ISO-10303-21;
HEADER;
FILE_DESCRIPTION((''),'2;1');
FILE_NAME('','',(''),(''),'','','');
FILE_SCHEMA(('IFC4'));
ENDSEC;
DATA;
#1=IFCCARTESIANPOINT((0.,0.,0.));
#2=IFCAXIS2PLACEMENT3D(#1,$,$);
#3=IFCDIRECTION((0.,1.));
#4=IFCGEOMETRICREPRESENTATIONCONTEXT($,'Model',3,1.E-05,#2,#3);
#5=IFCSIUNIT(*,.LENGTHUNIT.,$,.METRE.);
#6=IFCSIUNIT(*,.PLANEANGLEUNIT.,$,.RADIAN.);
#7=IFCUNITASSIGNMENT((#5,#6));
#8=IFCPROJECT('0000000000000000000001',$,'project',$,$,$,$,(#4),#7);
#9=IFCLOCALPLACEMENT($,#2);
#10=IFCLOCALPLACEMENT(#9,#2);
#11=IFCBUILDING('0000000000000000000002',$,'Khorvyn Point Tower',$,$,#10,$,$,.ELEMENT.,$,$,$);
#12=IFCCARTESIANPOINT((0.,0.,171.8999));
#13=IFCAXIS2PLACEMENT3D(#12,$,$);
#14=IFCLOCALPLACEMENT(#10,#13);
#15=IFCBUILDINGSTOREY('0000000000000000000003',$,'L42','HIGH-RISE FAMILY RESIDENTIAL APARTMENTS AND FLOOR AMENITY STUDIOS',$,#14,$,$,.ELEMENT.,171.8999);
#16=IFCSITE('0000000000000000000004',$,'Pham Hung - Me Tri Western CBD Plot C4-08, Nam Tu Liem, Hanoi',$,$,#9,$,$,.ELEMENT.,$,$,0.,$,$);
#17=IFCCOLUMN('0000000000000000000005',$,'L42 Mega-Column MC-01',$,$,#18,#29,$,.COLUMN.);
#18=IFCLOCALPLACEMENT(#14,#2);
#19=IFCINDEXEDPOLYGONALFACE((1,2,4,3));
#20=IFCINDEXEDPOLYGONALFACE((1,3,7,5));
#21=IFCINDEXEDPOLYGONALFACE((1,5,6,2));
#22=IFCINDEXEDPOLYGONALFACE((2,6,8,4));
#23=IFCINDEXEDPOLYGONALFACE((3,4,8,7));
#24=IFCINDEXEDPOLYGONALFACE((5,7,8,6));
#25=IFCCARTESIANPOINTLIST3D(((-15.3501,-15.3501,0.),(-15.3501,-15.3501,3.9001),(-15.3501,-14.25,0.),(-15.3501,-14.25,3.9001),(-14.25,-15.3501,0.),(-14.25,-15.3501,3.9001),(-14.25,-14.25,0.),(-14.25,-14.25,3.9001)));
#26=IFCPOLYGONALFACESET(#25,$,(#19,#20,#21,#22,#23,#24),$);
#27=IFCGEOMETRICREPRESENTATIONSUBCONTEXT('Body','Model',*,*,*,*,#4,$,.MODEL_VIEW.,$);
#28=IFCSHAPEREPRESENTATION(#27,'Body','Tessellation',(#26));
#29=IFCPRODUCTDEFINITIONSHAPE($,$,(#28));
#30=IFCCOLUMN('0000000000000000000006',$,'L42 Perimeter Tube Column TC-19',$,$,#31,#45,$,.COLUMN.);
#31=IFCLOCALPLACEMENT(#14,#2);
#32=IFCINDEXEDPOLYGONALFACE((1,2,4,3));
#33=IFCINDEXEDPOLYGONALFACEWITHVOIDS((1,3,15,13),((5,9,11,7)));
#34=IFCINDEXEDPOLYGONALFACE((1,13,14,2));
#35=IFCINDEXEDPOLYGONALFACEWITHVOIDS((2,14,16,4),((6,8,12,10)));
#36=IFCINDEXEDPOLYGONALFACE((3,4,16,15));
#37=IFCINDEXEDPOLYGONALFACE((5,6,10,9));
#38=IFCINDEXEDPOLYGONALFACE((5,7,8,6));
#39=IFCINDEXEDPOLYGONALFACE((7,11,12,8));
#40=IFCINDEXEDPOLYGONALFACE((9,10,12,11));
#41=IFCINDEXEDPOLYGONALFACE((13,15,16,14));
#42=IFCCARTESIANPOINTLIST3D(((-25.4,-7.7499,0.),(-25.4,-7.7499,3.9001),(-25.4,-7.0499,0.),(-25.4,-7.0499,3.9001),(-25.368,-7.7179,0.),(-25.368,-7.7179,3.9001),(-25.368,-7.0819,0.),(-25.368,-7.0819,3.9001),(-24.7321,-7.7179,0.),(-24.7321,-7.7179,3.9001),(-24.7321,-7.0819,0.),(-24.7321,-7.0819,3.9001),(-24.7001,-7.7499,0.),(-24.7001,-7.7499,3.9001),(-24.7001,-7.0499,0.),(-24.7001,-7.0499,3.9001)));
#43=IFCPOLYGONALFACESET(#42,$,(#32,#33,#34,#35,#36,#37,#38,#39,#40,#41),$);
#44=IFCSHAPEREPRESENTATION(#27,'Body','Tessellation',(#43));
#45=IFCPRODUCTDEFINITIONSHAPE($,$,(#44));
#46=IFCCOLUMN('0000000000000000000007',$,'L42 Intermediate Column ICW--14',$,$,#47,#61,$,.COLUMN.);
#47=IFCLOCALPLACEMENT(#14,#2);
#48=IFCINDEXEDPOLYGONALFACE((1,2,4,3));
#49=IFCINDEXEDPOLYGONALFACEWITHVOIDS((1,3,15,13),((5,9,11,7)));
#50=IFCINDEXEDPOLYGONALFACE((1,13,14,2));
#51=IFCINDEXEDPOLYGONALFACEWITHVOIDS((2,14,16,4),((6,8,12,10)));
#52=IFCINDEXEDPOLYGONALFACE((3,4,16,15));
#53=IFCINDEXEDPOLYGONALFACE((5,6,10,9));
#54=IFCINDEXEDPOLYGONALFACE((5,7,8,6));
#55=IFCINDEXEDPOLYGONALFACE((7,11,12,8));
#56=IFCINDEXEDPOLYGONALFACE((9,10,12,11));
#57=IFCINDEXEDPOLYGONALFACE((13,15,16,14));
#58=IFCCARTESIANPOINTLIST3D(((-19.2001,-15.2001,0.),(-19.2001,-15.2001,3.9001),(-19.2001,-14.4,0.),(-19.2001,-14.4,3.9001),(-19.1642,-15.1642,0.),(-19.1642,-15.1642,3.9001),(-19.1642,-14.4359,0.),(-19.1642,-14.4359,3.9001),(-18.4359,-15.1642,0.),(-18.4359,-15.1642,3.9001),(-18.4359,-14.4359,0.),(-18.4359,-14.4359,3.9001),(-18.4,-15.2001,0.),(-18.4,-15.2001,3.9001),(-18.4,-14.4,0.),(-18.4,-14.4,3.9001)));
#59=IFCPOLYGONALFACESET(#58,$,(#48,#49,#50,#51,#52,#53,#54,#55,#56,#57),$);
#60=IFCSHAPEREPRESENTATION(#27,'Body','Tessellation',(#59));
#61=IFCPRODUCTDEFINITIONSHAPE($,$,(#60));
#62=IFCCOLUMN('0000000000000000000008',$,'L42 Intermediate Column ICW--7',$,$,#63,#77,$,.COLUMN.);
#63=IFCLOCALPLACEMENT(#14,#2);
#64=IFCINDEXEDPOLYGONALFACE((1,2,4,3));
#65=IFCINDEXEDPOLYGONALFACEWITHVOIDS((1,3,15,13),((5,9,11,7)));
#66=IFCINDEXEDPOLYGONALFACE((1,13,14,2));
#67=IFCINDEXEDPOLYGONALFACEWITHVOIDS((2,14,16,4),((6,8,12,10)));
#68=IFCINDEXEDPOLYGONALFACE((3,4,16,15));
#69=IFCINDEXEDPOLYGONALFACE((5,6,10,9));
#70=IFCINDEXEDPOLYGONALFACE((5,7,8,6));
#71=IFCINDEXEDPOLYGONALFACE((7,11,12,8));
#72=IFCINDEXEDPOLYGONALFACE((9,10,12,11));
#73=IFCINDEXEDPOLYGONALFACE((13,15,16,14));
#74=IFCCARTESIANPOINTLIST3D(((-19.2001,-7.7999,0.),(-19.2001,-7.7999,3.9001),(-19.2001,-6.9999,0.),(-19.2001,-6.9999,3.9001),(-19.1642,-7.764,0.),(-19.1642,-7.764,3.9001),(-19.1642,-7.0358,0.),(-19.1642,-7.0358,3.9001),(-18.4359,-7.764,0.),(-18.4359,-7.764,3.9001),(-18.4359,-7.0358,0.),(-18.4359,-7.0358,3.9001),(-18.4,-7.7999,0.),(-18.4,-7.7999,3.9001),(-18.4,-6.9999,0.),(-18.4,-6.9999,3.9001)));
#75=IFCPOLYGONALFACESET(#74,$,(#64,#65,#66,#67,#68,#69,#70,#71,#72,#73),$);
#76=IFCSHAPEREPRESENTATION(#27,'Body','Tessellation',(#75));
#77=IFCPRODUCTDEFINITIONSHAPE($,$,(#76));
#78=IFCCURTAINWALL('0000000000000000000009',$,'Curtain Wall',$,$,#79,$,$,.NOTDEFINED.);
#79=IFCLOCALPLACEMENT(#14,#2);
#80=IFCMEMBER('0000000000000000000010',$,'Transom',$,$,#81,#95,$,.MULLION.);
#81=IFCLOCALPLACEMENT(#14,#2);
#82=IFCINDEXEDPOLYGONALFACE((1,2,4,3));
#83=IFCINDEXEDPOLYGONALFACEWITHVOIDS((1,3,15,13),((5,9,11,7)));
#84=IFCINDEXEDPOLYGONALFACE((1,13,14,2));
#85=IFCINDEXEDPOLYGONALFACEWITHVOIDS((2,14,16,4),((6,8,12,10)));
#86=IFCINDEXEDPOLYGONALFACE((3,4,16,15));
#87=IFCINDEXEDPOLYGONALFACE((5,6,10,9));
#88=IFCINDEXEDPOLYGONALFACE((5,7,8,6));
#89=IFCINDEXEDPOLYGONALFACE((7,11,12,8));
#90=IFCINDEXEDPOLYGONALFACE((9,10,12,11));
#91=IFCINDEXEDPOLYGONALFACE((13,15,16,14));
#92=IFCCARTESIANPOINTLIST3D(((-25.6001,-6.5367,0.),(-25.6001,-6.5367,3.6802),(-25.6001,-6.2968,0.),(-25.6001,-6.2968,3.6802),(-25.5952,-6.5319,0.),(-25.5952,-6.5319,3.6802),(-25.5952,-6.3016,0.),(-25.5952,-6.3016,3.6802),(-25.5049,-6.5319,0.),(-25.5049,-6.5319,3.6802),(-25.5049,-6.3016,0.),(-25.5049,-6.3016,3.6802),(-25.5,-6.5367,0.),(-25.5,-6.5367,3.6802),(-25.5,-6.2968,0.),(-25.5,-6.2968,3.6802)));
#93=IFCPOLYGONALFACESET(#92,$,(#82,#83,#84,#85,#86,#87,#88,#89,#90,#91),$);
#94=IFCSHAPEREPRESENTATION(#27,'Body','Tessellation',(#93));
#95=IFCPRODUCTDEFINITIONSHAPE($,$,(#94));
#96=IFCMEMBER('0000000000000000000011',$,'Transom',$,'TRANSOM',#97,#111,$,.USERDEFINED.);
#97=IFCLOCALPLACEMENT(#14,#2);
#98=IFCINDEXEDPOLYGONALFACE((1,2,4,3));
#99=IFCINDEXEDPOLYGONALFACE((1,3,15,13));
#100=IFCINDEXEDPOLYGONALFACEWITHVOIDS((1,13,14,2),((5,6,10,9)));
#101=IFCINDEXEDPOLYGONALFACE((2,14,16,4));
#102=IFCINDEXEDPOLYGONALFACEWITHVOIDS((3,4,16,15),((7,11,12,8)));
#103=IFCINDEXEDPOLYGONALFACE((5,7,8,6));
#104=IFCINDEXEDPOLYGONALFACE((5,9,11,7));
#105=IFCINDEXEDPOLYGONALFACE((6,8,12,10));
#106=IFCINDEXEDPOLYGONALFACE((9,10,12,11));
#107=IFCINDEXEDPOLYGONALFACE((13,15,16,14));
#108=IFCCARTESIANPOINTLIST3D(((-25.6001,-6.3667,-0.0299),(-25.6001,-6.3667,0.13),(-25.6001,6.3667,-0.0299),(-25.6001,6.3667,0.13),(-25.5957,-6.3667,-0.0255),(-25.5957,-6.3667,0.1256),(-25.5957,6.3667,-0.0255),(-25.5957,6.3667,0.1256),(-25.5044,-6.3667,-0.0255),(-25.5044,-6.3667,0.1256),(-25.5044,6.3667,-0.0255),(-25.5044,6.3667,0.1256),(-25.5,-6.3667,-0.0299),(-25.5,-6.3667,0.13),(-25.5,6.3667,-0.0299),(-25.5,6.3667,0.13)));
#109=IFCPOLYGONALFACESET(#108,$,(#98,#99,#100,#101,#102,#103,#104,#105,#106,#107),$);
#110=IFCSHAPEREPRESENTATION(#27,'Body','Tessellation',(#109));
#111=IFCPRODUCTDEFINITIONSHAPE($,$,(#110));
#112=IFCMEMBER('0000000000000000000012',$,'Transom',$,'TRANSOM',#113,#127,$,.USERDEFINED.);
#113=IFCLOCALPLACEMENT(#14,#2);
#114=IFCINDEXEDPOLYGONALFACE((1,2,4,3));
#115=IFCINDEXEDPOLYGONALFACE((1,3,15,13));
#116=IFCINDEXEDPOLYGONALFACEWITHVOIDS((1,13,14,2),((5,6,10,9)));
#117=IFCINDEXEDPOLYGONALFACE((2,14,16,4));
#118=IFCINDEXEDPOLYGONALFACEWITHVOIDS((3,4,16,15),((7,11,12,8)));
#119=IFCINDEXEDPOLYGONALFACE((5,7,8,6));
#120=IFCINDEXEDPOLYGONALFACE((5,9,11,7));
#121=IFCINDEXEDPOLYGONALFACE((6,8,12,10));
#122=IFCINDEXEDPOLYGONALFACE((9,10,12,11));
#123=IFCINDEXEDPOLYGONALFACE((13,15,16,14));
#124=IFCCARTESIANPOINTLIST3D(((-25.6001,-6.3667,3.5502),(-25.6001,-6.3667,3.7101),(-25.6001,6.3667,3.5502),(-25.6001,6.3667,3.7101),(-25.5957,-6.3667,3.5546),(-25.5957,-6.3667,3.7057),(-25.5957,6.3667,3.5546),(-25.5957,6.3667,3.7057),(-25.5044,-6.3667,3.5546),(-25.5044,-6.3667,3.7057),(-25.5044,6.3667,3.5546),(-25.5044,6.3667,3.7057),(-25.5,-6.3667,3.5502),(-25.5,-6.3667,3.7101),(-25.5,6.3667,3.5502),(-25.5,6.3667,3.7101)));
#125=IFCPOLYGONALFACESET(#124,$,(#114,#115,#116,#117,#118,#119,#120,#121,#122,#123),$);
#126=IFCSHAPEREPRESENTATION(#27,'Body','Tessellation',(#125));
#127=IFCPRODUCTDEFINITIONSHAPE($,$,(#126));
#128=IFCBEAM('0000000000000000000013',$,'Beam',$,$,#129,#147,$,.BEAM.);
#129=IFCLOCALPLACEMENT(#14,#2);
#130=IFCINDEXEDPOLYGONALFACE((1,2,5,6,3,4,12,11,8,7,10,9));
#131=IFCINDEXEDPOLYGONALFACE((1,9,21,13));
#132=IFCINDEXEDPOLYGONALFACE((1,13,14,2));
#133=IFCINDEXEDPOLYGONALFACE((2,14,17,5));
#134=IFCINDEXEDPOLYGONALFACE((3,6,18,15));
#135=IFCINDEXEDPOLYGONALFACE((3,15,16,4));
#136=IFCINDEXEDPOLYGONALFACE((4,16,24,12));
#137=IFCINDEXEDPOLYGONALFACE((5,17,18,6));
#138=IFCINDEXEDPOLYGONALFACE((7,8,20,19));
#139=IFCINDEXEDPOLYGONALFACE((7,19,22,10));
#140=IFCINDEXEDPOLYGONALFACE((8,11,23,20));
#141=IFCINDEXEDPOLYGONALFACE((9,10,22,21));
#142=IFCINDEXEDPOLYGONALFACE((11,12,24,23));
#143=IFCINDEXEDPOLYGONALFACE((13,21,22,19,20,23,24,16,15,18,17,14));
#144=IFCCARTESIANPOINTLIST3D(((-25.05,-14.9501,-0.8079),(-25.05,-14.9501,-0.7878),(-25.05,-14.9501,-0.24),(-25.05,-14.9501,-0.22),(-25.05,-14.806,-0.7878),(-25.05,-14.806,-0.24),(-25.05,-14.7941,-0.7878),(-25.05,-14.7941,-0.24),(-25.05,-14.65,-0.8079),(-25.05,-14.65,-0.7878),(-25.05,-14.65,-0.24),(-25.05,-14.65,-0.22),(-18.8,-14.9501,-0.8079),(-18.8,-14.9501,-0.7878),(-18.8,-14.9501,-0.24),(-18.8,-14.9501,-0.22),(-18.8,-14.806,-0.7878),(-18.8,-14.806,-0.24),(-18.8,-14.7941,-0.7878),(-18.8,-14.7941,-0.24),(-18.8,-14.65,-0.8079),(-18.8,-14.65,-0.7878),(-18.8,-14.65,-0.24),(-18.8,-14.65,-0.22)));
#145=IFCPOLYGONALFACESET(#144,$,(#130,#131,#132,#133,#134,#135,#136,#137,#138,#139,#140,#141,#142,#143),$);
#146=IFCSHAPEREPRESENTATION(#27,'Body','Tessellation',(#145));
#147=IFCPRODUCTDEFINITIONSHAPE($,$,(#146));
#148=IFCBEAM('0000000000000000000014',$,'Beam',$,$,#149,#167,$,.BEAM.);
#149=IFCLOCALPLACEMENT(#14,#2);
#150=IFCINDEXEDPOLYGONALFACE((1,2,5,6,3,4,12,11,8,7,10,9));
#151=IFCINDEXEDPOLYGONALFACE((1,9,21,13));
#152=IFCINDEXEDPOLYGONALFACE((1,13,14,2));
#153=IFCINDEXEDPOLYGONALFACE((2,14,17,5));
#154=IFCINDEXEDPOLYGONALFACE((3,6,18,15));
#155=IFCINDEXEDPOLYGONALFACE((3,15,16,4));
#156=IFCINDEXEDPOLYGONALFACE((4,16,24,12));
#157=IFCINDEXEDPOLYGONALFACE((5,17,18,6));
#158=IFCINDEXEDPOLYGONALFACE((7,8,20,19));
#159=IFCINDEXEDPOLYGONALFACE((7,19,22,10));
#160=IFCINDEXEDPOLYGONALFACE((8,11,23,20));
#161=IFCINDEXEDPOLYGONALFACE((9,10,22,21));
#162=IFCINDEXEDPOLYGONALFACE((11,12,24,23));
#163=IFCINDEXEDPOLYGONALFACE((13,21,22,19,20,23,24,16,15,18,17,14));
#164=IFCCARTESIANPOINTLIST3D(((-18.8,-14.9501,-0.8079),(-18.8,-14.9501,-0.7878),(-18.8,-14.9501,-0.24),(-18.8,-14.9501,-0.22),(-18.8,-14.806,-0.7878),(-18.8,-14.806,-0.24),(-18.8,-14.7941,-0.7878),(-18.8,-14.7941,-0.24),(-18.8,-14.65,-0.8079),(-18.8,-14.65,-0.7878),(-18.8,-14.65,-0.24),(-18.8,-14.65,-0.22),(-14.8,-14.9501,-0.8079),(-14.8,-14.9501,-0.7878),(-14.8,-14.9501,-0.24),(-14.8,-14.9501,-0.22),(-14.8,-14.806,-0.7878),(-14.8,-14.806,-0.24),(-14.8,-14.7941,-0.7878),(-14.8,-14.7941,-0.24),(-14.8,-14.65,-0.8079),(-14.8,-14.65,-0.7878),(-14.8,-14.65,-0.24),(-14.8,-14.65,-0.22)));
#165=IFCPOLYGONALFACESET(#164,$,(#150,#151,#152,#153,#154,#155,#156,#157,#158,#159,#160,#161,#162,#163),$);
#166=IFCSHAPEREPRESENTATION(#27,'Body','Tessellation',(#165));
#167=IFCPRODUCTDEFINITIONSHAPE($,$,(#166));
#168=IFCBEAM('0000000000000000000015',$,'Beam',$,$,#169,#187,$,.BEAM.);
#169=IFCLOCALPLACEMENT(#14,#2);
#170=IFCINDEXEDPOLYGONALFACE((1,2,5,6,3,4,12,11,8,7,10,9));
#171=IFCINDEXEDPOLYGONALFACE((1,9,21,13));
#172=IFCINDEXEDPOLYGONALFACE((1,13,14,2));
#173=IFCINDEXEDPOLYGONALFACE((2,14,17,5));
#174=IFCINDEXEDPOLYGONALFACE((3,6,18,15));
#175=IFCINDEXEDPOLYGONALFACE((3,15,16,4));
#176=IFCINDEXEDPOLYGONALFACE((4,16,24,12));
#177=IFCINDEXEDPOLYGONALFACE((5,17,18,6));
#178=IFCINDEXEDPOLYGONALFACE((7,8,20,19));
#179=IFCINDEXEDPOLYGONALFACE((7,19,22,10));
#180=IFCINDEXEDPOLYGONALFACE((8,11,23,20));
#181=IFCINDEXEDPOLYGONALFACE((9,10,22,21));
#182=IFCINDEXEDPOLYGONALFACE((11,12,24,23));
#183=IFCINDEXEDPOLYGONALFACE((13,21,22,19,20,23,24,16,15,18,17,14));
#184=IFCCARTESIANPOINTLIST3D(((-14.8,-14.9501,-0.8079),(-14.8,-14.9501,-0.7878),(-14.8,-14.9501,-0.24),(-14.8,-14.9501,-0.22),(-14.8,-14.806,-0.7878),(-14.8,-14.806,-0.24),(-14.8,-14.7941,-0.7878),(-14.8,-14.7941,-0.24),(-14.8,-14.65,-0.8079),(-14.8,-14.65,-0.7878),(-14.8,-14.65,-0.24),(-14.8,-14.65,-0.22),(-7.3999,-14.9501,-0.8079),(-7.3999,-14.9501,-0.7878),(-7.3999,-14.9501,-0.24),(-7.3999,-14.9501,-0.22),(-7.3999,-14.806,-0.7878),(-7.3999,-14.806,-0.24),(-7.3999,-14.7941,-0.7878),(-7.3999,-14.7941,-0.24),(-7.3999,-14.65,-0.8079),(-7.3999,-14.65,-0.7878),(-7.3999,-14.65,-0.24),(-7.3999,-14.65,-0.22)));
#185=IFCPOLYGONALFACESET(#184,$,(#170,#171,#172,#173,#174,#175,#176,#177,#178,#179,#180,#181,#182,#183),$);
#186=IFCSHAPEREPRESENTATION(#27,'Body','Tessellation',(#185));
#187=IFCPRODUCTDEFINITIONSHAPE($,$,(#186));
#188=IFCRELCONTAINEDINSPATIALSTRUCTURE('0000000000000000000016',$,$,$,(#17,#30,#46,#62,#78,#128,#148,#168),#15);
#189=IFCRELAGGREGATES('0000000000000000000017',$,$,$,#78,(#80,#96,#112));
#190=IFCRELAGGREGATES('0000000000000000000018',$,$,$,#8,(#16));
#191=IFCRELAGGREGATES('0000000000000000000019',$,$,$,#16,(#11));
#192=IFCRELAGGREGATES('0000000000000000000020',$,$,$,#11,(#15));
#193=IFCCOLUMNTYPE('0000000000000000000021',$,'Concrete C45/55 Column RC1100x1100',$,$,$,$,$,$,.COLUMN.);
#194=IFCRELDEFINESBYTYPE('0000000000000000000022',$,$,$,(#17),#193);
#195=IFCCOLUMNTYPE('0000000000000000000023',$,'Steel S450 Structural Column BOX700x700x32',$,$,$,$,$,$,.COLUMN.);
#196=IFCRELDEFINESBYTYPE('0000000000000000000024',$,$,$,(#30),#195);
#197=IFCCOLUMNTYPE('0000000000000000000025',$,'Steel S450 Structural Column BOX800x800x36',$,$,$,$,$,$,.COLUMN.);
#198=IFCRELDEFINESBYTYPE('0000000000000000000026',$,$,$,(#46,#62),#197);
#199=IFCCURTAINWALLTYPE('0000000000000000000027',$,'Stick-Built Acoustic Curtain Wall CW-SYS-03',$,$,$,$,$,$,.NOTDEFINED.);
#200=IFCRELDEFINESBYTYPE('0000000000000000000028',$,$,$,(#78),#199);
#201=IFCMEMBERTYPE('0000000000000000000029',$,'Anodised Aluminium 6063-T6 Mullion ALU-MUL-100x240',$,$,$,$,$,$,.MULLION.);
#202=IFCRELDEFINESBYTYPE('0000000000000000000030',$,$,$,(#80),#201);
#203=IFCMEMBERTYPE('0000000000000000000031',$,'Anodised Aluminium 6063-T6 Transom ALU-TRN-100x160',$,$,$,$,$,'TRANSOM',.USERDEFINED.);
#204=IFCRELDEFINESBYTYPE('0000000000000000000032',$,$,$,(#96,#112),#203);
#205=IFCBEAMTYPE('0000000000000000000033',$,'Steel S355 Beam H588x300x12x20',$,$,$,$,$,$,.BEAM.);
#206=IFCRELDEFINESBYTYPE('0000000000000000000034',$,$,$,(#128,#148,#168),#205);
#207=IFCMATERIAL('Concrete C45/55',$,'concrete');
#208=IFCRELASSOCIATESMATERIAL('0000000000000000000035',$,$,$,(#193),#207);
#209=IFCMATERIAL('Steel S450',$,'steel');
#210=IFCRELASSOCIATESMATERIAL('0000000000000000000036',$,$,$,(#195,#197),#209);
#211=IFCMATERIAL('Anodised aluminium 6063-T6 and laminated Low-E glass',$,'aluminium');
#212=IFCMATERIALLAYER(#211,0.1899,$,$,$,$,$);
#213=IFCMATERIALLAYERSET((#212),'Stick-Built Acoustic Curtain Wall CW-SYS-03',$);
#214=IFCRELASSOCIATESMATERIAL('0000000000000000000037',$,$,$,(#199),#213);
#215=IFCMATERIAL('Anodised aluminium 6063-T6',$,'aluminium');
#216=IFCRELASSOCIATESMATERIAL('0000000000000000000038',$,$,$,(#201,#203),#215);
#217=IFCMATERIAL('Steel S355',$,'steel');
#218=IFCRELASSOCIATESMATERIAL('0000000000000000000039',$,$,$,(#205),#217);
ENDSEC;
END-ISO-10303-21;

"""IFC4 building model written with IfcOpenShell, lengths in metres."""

from ifc_helpers import new_model, si_unit, direction, frame, origin, origin_2d, place, context, subcontext, project, spatial, rectangle, hollow_rectangle, i_section, extrude, material, layer, layer_set, material_profile, profile_set, type_object, element, aggregate, save


model = new_model("IFC4")

# Units and contexts
model_context = context("Model", 3, precision=1e-05, world=origin(), true_north=direction((0.0, 1.0)))
body_context = subcontext(model_context, "Body", "Model", "MODEL_VIEW")
ifc_project = project(units=[si_unit("LENGTHUNIT", "METRE"), si_unit("PLANEANGLEUNIT", "RADIAN")], contexts=[model_context])

# Site, building, storey
site_placement = place(None, origin())
site = spatial("IfcSite", under=ifc_project, at=site_placement, Name="Pham Hung - Me Tri Western CBD Plot C4-08, Nam Tu Liem, Hanoi", CompositionType="ELEMENT", RefElevation=0.0)
building_placement = place(site_placement, origin())
building = spatial("IfcBuilding", under=site, at=building_placement, Name="Khorvyn Point Tower", CompositionType="ELEMENT")
storey_placement = place(building_placement, frame((0.0, 0.0, 171.8999)))
storey = spatial("IfcBuildingStorey", under=building, at=storey_placement, Name="L42", Description="HIGH-RISE FAMILY RESIDENTIAL APARTMENTS AND FLOOR AMENITY STUDIOS", CompositionType="ELEMENT", Elevation=171.8999)

# Columns
ifc_material_1 = material(Name="Concrete C45/55", Category="concrete")
ifc_material_profile_1 = material_profile(ifc_material_1, rectangle(XDim=1.1001, YDim=1.1001, at=origin_2d()))
ifc_profile_set_1 = profile_set([ifc_material_profile_1], Name="Concrete C45/55 RC1100x1100")
column_type_1 = type_object("IfcColumnType", Name="Concrete C45/55 Column RC1100x1100", PredefinedType="COLUMN", material=ifc_profile_set_1)
column_1_placement = place(storey_placement, frame((-14.8, -14.8, 0.0), z_axis=(0.0, 0.0, 1.0), x_axis=(1.0, 0.0, 0.0)))
element("IfcColumn", 1, at=column_1_placement, inside=storey, type_object=column_type_1, Name="L42 Mega-Column MC-01", PredefinedType="COLUMN", context=body_context, shape_type="SweptSolid", body=[
    extrude(rectangle(XDim=1.1001, YDim=1.1001, at=origin_2d()), origin(), (0.0, 0.0, 1.0), 3.9001),
])
ifc_material_2 = material(Name="Steel S450", Category="steel")
ifc_material_profile_2 = material_profile(ifc_material_2, hollow_rectangle(XDim=0.7, YDim=0.7, WallThickness=0.032, at=origin_2d()))
ifc_profile_set_2 = profile_set([ifc_material_profile_2], Name="Steel S450 BOX700x700x32")
column_type_2 = type_object("IfcColumnType", Name="Steel S450 Structural Column BOX700x700x32", PredefinedType="COLUMN", material=ifc_profile_set_2)
column_2_placement = place(storey_placement, frame((-25.05, -7.3999, 0.0), z_axis=(0.0, 0.0, 1.0), x_axis=(1.0, 0.0, 0.0)))
element("IfcColumn", 2, at=column_2_placement, inside=storey, type_object=column_type_2, Name="L42 Perimeter Tube Column TC-19", PredefinedType="COLUMN", context=body_context, shape_type="SweptSolid", body=[
    extrude(hollow_rectangle(XDim=0.7, YDim=0.7, WallThickness=0.032, at=origin_2d()), origin(), (0.0, 0.0, 1.0), 3.9001),
])
ifc_material_profile_3 = material_profile(ifc_material_2, hollow_rectangle(XDim=0.8, YDim=0.8, WallThickness=0.0359, at=origin_2d()))
ifc_profile_set_3 = profile_set([ifc_material_profile_3], Name="Steel S450 BOX800x800x36")
column_type_3 = type_object("IfcColumnType", Name="Steel S450 Structural Column BOX800x800x36", PredefinedType="COLUMN", material=ifc_profile_set_3)
for number, where, z_axis, x_axis, name in (
    (3, (-18.8, -14.8, 0.0), (0.0, 0.0, 1.0), (1.0, 0.0, 0.0), "L42 Intermediate Column ICW--14"),
    (4, (-18.8, -7.3999, 0.0), (0.0, 0.0, 1.0), (1.0, 0.0, 0.0), "L42 Intermediate Column ICW--7"),
):
    element("IfcColumn", number, at=place(storey_placement, frame(where, z_axis=z_axis, x_axis=x_axis)), inside=storey, type_object=column_type_3, Name=name, PredefinedType="COLUMN", context=body_context, shape_type="SweptSolid", body=[
        extrude(hollow_rectangle(XDim=0.8, YDim=0.8, WallThickness=0.0359, at=origin_2d()), origin(), (0.0, 0.0, 1.0), 3.9001),
    ])

# Curtain wall, members
ifc_material_3 = material(Name="Anodised aluminium 6063-T6 and laminated Low-E glass", Category="aluminium")
ifc_layer_1 = layer(ifc_material_3, 0.1899)
ifc_layer_set_1 = layer_set([ifc_layer_1], Name="Stick-Built Acoustic Curtain Wall CW-SYS-03")
curtain_wall_type = type_object("IfcCurtainWallType", Name="Stick-Built Acoustic Curtain Wall CW-SYS-03", PredefinedType="NOTDEFINED", material=ifc_layer_set_1)
curtain_wall_placement = place(storey_placement, origin())
curtain_wall = element("IfcCurtainWall", 5, at=curtain_wall_placement, inside=storey, type_object=curtain_wall_type, Name="Curtain Wall", PredefinedType="NOTDEFINED")
ifc_material_4 = material(Name="Anodised aluminium 6063-T6", Category="aluminium")
ifc_material_profile_4 = material_profile(ifc_material_4, hollow_rectangle(XDim=0.1001, YDim=0.24, WallThickness=0.0049, at=origin_2d()))
ifc_profile_set_4 = profile_set([ifc_material_profile_4], Name="Anodised aluminium 6063-T6 ALU-MUL-100x240")
member_type_1 = type_object("IfcMemberType", Name="Anodised Aluminium 6063-T6 Mullion ALU-MUL-100x240", PredefinedType="MULLION", material=ifc_profile_set_4)
member_1_placement = place(storey_placement, frame((-25.55, -6.4167, 0.0), z_axis=(0.0, 0.0, 1.0), x_axis=(-1.0, 0.0, 0.0)))
member_1 = element("IfcMember", 6, at=member_1_placement, type_object=member_type_1, Name="Transom", PredefinedType="MULLION", context=body_context, shape_type="SweptSolid", body=[
    extrude(hollow_rectangle(XDim=0.1001, YDim=0.24, WallThickness=0.0049, at=origin_2d()), origin(), (0.0, 0.0, 1.0), 3.6802),
])
ifc_material_profile_5 = material_profile(ifc_material_4, hollow_rectangle(XDim=0.1001, YDim=0.1599, WallThickness=0.0044, at=origin_2d()))
ifc_profile_set_5 = profile_set([ifc_material_profile_5], Name="Anodised aluminium 6063-T6 ALU-TRN-100x160")
member_type_2 = type_object("IfcMemberType", Name="Anodised Aluminium 6063-T6 Transom ALU-TRN-100x160", ElementType="TRANSOM", PredefinedType="USERDEFINED", material=ifc_profile_set_5)
member_2_placement = place(storey_placement, frame((-25.55, -6.3667, 0.05), z_axis=(0.0, 1.0, 0.0), x_axis=(-1.0, 0.0, 0.0)))
member_2 = element("IfcMember", 7, at=member_2_placement, type_object=member_type_2, Name="Transom", ObjectType="TRANSOM", PredefinedType="USERDEFINED", context=body_context, shape_type="SweptSolid", body=[
    extrude(hollow_rectangle(XDim=0.1001, YDim=0.1599, WallThickness=0.0044, at=origin_2d()), origin(), (0.0, 0.0, 1.0), 12.7334),
])
member_3_placement = place(storey_placement, frame((-25.55, -6.3667, 3.6301), z_axis=(0.0, 1.0, 0.0), x_axis=(-1.0, 0.0, 0.0)))
member_3 = element("IfcMember", 8, at=member_3_placement, type_object=member_type_2, Name="Transom", ObjectType="TRANSOM", PredefinedType="USERDEFINED", context=body_context, shape_type="SweptSolid", body=[
    extrude(hollow_rectangle(XDim=0.1001, YDim=0.1599, WallThickness=0.0044, at=origin_2d()), origin(), (0.0, 0.0, 1.0), 12.7334),
])

# Beams
ifc_material_5 = material(Name="Steel S355", Category="steel")
ifc_material_profile_6 = material_profile(ifc_material_5, i_section(OverallWidth=0.3, OverallDepth=0.5879, WebThickness=0.012, FlangeThickness=0.02, at=origin_2d()))
ifc_profile_set_6 = profile_set([ifc_material_profile_6], Name="Steel S355 H588x300x12x20")
beam_type_1 = type_object("IfcBeamType", Name="Steel S355 Beam H588x300x12x20", PredefinedType="BEAM", material=ifc_profile_set_6)
beam_1_placement = place(storey_placement, frame((-25.05, -14.8, -0.5139), z_axis=(1.0, 0.0, 0.0), x_axis=(0.0, 1.0, 0.0)))
element("IfcBeam", 9, at=beam_1_placement, inside=storey, type_object=beam_type_1, Name="Beam", PredefinedType="BEAM", context=body_context, shape_type="SweptSolid", body=[
    extrude(i_section(OverallWidth=0.3, OverallDepth=0.5879, WebThickness=0.012, FlangeThickness=0.02, at=origin_2d()), origin(), (0.0, 0.0, 1.0), 6.25),
])
beam_2_placement = place(storey_placement, frame((-18.8, -14.8, -0.5139), z_axis=(1.0, 0.0, 0.0), x_axis=(0.0, 1.0, 0.0)))
element("IfcBeam", 10, at=beam_2_placement, inside=storey, type_object=beam_type_1, Name="Beam", PredefinedType="BEAM", context=body_context, shape_type="SweptSolid", body=[
    extrude(i_section(OverallWidth=0.3, OverallDepth=0.5879, WebThickness=0.012, FlangeThickness=0.02, at=origin_2d()), origin(), (0.0, 0.0, 1.0), 4.0),
])
beam_3_placement = place(storey_placement, frame((-14.8, -14.8, -0.5139), z_axis=(1.0, 0.0, 0.0), x_axis=(0.0, 1.0, 0.0)))
element("IfcBeam", 11, at=beam_3_placement, inside=storey, type_object=beam_type_1, Name="Beam", PredefinedType="BEAM", context=body_context, shape_type="SweptSolid", body=[
    extrude(i_section(OverallWidth=0.3, OverallDepth=0.5879, WebThickness=0.012, FlangeThickness=0.02, at=origin_2d()), origin(), (0.0, 0.0, 1.0), 7.4001),
])

aggregate(curtain_wall, [member_1, member_2, member_3])

save(model, "model.ifc")
